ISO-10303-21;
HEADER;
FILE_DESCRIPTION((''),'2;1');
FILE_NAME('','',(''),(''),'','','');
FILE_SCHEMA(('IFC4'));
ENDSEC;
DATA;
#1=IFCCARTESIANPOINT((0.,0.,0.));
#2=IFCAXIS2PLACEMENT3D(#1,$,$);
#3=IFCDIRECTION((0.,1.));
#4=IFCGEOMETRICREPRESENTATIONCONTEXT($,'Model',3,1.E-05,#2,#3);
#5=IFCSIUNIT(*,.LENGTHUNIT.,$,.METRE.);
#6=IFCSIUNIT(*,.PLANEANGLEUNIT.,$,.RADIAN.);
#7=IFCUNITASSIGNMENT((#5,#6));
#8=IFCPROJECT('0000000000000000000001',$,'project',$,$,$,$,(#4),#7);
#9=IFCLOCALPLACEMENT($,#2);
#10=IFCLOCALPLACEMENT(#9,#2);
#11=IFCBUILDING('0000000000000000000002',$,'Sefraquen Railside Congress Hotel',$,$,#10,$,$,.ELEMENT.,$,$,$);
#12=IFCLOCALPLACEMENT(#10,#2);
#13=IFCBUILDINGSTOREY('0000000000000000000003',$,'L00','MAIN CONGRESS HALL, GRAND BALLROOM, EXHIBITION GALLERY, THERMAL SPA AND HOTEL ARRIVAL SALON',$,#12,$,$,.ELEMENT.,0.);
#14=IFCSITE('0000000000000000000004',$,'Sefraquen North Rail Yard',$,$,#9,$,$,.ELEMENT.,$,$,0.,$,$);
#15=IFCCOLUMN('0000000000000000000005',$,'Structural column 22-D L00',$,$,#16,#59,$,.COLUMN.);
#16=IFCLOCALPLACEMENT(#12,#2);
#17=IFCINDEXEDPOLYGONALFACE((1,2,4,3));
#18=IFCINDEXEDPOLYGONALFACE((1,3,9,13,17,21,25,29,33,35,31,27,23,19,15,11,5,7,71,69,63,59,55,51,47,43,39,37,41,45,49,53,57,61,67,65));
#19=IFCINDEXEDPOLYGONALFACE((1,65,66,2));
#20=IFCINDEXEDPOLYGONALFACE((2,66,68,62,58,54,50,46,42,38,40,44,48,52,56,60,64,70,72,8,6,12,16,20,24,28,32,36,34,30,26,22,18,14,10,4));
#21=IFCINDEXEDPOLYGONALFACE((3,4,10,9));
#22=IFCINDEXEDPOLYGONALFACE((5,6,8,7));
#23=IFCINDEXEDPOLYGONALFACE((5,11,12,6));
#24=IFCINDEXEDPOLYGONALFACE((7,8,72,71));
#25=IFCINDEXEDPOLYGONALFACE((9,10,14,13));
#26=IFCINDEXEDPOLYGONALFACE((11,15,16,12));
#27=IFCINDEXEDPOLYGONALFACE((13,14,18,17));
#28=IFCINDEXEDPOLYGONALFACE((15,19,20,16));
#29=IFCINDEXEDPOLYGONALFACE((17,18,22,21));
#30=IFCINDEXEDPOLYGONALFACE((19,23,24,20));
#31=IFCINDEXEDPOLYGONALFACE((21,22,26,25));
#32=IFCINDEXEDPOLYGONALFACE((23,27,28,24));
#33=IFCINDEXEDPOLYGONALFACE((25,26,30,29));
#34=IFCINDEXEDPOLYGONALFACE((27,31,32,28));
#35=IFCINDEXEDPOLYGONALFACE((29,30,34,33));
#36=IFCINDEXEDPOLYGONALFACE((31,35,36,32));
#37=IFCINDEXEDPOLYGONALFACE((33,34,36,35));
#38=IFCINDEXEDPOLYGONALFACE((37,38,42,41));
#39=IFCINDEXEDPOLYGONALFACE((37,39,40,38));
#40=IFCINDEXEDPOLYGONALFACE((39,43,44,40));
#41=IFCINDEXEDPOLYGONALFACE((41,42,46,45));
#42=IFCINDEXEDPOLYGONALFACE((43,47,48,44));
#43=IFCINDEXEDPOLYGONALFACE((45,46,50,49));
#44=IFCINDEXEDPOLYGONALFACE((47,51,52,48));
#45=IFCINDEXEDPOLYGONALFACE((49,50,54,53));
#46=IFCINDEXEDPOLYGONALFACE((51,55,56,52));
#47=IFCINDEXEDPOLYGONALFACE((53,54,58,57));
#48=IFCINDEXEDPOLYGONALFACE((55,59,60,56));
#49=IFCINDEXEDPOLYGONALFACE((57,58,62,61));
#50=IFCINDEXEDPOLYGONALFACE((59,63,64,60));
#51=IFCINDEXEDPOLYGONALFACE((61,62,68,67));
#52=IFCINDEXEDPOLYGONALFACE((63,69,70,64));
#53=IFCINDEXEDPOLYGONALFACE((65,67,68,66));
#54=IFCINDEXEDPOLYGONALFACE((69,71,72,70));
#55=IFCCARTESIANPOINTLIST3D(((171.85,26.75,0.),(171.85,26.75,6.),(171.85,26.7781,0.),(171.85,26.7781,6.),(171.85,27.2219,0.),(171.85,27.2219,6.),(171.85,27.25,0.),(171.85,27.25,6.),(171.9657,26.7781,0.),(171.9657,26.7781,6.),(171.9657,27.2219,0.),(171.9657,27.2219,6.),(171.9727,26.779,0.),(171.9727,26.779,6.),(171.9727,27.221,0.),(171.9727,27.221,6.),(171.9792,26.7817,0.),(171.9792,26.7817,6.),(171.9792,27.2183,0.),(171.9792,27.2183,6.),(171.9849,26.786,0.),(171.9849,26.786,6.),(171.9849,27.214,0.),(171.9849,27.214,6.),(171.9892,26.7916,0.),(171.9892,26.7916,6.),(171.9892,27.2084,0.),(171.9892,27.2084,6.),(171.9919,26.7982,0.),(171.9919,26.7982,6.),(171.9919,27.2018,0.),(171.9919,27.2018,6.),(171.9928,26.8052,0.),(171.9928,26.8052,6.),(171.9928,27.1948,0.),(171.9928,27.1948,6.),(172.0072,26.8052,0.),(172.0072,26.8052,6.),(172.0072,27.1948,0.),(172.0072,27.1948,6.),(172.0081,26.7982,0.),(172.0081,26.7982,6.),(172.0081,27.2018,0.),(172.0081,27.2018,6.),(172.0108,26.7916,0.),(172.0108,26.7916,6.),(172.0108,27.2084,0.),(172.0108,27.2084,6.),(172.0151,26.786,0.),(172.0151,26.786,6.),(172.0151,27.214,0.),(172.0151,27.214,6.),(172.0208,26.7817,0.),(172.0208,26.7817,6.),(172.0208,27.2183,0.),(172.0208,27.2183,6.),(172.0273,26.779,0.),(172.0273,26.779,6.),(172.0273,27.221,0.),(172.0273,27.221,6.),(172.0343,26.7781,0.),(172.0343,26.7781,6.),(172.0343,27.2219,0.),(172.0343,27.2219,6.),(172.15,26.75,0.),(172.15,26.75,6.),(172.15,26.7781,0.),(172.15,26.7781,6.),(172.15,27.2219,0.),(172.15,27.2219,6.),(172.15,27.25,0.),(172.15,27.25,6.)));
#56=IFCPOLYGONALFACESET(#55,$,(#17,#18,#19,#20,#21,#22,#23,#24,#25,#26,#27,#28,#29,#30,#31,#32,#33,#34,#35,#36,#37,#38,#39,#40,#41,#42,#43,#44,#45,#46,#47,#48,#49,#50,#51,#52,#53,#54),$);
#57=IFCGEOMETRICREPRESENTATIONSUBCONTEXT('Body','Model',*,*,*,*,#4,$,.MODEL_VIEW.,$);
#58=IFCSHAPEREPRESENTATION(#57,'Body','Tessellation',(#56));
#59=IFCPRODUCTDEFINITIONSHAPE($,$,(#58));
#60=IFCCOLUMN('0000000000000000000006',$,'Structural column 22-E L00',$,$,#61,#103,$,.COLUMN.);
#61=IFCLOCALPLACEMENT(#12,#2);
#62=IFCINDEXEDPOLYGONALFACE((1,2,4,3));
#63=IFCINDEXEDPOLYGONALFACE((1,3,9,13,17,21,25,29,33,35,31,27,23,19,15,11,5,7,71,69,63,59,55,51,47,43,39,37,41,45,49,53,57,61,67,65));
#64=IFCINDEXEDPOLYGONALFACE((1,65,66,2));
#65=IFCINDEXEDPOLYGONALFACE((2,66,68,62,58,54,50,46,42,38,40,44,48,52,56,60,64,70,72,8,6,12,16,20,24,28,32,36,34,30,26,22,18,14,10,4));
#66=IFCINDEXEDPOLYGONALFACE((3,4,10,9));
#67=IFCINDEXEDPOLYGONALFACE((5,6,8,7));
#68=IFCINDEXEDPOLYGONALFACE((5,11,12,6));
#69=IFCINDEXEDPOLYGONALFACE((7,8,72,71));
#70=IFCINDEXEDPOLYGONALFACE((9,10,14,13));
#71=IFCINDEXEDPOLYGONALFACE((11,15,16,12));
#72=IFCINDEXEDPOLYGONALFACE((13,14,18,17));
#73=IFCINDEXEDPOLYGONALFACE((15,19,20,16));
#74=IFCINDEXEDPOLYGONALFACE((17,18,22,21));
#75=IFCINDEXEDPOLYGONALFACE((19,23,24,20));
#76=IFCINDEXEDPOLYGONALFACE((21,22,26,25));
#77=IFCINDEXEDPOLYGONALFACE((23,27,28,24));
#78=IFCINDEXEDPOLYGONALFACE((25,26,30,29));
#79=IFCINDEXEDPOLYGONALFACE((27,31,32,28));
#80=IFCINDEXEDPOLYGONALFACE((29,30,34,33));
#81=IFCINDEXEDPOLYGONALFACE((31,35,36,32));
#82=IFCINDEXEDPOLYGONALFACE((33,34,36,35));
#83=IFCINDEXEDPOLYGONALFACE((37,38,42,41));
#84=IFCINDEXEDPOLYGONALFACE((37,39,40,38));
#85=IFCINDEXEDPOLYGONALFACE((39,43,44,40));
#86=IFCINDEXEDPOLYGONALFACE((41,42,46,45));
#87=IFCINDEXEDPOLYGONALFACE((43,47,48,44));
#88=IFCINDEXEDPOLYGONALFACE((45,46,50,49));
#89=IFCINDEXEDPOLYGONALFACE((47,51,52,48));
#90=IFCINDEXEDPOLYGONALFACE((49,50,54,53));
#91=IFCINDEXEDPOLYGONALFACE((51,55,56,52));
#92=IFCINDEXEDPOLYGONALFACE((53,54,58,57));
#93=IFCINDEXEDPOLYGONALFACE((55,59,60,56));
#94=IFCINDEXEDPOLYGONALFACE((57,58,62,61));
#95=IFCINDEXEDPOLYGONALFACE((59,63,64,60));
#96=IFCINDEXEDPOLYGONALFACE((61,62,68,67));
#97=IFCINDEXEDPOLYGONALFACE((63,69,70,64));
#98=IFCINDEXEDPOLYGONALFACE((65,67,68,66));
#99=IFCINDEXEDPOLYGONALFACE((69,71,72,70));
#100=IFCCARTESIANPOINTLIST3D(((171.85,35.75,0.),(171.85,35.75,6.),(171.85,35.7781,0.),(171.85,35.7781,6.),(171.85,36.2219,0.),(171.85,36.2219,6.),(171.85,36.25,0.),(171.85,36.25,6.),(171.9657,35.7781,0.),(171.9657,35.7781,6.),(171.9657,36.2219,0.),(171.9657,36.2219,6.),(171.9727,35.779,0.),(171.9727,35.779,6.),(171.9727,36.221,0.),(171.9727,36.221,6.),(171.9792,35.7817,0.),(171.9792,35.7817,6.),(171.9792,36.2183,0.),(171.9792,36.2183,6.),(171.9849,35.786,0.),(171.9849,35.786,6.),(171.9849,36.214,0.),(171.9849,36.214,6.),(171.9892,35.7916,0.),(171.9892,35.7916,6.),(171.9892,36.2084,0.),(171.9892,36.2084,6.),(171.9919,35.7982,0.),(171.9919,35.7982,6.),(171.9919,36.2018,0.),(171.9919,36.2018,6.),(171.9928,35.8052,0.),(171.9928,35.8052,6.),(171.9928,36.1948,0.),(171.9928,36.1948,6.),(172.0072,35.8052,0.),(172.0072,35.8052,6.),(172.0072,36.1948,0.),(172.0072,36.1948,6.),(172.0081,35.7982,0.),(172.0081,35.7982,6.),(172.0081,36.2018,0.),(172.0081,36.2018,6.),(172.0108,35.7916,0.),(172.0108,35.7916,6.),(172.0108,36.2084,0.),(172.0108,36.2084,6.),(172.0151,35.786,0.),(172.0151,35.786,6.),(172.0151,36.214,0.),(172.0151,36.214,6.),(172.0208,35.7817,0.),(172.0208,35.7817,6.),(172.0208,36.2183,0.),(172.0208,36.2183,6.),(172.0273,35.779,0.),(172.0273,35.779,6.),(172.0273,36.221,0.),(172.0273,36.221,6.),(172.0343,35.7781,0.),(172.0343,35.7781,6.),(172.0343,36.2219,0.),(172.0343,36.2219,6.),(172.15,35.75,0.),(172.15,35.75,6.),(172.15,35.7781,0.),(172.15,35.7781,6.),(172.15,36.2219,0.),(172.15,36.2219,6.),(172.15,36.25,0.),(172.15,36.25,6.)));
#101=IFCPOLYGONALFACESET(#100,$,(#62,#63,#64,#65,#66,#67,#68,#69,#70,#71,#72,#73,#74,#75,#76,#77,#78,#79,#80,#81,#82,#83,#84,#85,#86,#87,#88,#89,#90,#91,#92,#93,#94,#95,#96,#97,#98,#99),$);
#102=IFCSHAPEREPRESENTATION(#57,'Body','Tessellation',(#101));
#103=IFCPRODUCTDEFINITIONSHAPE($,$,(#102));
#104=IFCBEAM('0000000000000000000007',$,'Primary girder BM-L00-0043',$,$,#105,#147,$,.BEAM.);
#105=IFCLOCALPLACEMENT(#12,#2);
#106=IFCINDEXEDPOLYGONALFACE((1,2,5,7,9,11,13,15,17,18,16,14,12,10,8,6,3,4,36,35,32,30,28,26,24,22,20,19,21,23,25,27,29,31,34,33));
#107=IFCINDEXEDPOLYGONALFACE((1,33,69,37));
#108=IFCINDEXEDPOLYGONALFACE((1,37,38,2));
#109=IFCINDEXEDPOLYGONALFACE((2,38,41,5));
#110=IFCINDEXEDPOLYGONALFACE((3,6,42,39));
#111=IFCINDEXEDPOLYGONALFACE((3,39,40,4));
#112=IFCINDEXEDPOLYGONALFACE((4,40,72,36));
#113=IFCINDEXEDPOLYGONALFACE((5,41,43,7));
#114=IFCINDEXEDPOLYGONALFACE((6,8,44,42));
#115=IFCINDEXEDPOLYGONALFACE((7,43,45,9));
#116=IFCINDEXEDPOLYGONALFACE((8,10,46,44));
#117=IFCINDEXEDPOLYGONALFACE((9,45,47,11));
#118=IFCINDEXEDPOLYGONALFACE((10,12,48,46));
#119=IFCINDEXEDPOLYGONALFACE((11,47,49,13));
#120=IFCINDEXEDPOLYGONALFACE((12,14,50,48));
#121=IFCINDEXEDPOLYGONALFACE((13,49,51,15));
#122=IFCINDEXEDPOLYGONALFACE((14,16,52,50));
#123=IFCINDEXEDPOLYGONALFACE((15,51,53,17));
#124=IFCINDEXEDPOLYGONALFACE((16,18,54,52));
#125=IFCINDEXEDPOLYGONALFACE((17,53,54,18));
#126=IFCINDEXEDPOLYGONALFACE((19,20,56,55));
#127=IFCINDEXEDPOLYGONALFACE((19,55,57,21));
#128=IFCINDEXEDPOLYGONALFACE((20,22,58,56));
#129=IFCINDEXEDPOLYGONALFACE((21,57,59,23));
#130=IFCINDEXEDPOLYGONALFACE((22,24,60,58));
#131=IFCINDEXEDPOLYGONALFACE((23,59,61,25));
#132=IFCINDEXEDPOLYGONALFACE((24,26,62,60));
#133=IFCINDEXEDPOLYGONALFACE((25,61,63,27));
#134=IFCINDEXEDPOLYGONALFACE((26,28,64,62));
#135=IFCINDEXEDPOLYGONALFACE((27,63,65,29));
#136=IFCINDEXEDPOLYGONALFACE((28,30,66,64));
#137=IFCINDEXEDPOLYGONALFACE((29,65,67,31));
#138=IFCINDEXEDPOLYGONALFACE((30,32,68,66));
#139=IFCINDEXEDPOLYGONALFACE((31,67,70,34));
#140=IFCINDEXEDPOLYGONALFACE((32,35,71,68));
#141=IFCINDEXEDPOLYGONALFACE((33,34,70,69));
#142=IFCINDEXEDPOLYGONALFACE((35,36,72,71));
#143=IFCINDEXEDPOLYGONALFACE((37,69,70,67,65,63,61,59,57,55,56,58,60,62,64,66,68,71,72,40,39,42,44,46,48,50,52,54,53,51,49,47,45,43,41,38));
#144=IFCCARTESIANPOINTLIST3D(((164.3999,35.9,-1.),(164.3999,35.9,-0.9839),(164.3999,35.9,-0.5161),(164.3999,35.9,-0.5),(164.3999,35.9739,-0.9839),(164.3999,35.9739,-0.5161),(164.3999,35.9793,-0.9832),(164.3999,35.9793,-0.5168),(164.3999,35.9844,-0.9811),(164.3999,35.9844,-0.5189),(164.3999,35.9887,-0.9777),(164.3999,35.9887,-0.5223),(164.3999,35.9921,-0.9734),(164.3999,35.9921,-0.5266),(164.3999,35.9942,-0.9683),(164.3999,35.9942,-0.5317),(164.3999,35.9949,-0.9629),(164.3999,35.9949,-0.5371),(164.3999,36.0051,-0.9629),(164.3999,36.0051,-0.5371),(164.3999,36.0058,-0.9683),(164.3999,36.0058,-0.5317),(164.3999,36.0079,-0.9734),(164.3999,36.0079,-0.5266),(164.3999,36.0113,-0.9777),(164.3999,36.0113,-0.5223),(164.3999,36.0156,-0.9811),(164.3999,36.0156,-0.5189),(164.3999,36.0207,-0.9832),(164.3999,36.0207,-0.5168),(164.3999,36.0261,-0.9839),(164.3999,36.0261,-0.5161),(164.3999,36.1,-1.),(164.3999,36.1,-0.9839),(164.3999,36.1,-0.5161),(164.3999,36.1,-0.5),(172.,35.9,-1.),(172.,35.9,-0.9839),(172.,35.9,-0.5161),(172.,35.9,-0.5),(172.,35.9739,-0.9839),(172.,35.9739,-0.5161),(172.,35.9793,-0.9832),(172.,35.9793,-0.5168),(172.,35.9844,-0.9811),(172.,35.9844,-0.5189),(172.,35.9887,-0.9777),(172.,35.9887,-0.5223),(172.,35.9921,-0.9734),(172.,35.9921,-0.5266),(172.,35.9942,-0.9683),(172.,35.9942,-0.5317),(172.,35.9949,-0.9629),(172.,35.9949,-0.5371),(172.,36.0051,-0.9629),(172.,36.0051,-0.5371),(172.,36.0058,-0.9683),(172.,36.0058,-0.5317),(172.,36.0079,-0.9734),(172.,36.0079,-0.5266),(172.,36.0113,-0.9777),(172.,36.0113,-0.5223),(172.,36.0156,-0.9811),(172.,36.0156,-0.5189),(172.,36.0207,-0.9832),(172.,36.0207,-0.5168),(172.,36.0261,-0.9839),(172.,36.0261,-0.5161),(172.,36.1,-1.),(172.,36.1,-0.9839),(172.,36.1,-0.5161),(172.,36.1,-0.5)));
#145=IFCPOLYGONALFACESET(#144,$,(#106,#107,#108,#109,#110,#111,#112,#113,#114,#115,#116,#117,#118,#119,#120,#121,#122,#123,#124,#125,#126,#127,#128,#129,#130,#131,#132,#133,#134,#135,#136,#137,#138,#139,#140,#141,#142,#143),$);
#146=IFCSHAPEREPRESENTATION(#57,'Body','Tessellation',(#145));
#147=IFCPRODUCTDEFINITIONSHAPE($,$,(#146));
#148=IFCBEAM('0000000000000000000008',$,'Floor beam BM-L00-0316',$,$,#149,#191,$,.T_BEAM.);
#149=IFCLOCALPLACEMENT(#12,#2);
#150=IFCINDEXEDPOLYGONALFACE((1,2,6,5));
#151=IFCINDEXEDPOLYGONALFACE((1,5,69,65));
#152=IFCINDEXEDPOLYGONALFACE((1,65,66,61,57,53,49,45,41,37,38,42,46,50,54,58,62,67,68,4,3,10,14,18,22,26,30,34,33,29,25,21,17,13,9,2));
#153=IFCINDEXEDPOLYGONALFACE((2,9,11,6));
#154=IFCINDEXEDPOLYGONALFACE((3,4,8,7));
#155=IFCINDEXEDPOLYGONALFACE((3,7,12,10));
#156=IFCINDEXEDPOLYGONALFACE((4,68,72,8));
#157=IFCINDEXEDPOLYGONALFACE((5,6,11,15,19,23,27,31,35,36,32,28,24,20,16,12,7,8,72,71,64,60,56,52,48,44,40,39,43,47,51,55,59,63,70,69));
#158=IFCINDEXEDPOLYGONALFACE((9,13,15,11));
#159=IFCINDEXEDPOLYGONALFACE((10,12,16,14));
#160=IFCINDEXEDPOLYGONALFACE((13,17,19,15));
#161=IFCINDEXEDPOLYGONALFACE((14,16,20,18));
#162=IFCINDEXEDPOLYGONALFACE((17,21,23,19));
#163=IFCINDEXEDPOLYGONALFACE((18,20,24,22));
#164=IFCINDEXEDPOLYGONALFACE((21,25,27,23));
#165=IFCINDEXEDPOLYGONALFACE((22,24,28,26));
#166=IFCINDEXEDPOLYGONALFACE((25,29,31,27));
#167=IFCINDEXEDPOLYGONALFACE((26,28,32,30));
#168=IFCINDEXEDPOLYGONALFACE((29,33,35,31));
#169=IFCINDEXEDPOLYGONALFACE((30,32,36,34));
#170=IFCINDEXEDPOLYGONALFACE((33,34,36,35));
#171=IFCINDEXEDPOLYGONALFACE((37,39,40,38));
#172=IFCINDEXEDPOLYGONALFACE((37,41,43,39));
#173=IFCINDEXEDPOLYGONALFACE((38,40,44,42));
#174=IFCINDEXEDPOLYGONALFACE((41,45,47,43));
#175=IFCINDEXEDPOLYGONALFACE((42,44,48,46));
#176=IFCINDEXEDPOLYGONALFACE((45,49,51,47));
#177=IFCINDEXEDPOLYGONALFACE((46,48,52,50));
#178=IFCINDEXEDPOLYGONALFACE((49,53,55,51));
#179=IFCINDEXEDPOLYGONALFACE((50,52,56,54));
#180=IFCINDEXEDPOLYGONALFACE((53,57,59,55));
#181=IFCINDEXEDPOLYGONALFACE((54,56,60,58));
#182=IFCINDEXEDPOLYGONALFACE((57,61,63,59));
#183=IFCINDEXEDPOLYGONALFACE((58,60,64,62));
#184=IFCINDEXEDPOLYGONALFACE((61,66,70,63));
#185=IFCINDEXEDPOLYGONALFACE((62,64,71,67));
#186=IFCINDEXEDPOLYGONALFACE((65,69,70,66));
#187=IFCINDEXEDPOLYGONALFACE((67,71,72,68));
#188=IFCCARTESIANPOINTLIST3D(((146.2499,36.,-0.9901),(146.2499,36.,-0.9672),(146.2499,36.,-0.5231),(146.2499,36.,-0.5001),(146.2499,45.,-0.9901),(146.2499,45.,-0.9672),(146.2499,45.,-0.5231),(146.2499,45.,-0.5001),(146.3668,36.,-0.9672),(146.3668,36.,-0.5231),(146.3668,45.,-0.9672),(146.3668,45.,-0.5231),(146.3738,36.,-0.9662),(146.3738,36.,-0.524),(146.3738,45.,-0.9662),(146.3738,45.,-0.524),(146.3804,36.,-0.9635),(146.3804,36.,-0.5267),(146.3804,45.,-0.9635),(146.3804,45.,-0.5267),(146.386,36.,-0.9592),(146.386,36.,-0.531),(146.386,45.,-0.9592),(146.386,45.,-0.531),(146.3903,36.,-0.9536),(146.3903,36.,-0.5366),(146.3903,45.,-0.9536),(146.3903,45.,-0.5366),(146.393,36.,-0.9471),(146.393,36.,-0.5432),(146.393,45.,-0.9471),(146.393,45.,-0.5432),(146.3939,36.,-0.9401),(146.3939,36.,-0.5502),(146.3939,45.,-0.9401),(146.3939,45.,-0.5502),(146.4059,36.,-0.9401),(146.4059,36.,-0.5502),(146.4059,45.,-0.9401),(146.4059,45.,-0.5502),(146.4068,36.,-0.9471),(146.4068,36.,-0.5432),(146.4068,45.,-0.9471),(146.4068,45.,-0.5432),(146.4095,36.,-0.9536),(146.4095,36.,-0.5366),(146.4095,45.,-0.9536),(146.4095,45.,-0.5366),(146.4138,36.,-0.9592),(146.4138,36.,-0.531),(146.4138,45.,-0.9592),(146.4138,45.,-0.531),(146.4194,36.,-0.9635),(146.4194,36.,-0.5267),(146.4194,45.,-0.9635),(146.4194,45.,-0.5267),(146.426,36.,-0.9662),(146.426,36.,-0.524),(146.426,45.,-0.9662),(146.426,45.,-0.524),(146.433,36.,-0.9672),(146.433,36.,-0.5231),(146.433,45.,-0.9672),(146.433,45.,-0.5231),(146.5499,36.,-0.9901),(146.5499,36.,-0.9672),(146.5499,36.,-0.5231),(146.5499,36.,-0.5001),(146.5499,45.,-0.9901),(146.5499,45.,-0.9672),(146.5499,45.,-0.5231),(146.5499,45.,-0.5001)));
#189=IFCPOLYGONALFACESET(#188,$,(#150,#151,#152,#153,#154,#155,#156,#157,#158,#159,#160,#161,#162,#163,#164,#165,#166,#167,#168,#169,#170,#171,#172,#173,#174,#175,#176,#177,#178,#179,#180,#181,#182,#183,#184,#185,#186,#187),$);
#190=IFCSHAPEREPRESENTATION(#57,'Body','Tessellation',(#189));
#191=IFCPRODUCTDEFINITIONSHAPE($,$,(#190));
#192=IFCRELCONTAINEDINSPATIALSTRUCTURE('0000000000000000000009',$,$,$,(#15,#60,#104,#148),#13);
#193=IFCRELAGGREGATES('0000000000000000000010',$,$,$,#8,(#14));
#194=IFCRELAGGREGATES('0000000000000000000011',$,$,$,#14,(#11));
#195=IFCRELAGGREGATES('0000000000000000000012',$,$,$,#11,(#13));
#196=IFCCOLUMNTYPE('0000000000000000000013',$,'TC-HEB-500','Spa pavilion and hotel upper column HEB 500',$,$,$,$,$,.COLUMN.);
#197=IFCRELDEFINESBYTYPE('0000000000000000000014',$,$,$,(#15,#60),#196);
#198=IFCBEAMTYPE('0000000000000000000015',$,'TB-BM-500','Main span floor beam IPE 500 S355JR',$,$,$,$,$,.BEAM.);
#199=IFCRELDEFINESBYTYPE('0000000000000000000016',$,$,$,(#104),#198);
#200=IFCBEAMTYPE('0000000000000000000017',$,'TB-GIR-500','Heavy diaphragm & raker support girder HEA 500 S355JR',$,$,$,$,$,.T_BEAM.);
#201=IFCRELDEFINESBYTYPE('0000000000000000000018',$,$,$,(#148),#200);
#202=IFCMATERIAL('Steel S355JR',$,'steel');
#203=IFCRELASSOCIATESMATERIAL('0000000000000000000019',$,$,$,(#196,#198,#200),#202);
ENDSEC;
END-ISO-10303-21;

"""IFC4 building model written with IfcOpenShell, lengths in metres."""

from ifc_helpers import new_model, si_unit, direction, frame, origin, origin_2d, place, context, subcontext, project, spatial, i_section, extrude, material, material_profile, profile_set, type_object, element, save


model = new_model("IFC4")

# Units and contexts
model_context = context("Model", 3, precision=1e-05, world=origin(), true_north=direction((0.0, 1.0)))
body_context = subcontext(model_context, "Body", "Model", "MODEL_VIEW")
ifc_project = project(units=[si_unit("LENGTHUNIT", "METRE"), si_unit("PLANEANGLEUNIT", "RADIAN")], contexts=[model_context])

# Site, building, storey
site_placement = place(None, origin())
site = spatial("IfcSite", under=ifc_project, at=site_placement, Name="Sefraquen North Rail Yard", CompositionType="ELEMENT", RefElevation=0.0)
building_placement = place(site_placement, origin())
building = spatial("IfcBuilding", under=site, at=building_placement, Name="Sefraquen Railside Congress Hotel", CompositionType="ELEMENT")
storey_placement = place(building_placement, origin())
storey = spatial("IfcBuildingStorey", under=building, at=storey_placement, Name="L00", Description="MAIN CONGRESS HALL, GRAND BALLROOM, EXHIBITION GALLERY, THERMAL SPA AND HOTEL ARRIVAL SALON", CompositionType="ELEMENT", Elevation=0.0)

# Columns
ifc_material_1 = material(Name="Steel S355JR", Category="steel")
ifc_material_profile_1 = material_profile(ifc_material_1, i_section(OverallWidth=0.3, OverallDepth=0.5, WebThickness=0.0144, FlangeThickness=0.0281, FilletRadius=0.0271, at=origin_2d()), Name="HEB 500")
ifc_profile_set_1 = profile_set([ifc_material_profile_1], Name="Steel S355JR")
column_type = type_object("IfcColumnType", Name="TC-HEB-500", Description="Spa pavilion and hotel upper column HEB 500", PredefinedType="COLUMN", material=ifc_profile_set_1)
for number, where, z_axis, x_axis, name in (
    (1, (172.0, 27.0, 0.0), (0.0, 0.0, 1.0), (1.0, 0.0, 0.0), "Structural column 22-D L00"),
    (2, (172.0, 36.0, 0.0), (0.0, 0.0, 1.0), (1.0, 0.0, 0.0), "Structural column 22-E L00"),
):
    element("IfcColumn", number, at=place(storey_placement, frame(where, z_axis=z_axis, x_axis=x_axis)), inside=storey, type_object=column_type, Name=name, PredefinedType="COLUMN", context=body_context, shape_type="SweptSolid", body=[
        extrude(i_section(OverallWidth=0.3, OverallDepth=0.5, WebThickness=0.0144, FlangeThickness=0.0281, FilletRadius=0.0271, at=origin_2d()), origin(), (0.0, 0.0, 1.0), 6.0),
    ])

# Beams
ifc_material_profile_2 = material_profile(ifc_material_1, i_section(OverallWidth=0.2, OverallDepth=0.5, WebThickness=0.0103, FlangeThickness=0.0161, FilletRadius=0.021, at=origin_2d()), Name="IPE 500")
ifc_profile_set_2 = profile_set([ifc_material_profile_2], Name="Steel S355JR")
beam_type_1 = type_object("IfcBeamType", Name="TB-BM-500", Description="Main span floor beam IPE 500 S355JR", PredefinedType="BEAM", material=ifc_profile_set_2)
beam_placement = place(storey_placement, frame((164.3999, 36.0, -0.75), z_axis=(1.0, 0.0, 0.0), x_axis=(0.0, 1.0, 0.0)))
element("IfcBeam", 3, at=beam_placement, inside=storey, type_object=beam_type_1, Name="Primary girder BM-L00-0043", PredefinedType="BEAM", context=body_context, shape_type="SweptSolid", body=[
    extrude(i_section(OverallWidth=0.2, OverallDepth=0.5, WebThickness=0.0103, FlangeThickness=0.0161, FilletRadius=0.021, at=origin_2d()), origin(), (0.0, 0.0, 1.0), 7.6001),
])
ifc_material_profile_3 = material_profile(ifc_material_1, i_section(OverallWidth=0.3, OverallDepth=0.49, WebThickness=0.012, FlangeThickness=0.0229, FilletRadius=0.0271, at=origin_2d()), Name="HEA 500")
ifc_profile_set_3 = profile_set([ifc_material_profile_3], Name="Steel S355JR")
beam_type_2 = type_object("IfcBeamType", Name="TB-GIR-500", Description="Heavy diaphragm & raker support girder HEA 500 S355JR", PredefinedType="T_BEAM", material=ifc_profile_set_3)
for number, where, z_axis, x_axis, name in (
    (4, (146.3999, 36.0, -0.7451), (0.0, 1.0, 0.0), (-1.0, 0.0, 0.0), "Floor beam BM-L00-0316"),
):
    element("IfcBeam", number, at=place(storey_placement, frame(where, z_axis=z_axis, x_axis=x_axis)), inside=storey, type_object=beam_type_2, Name=name, PredefinedType="T_BEAM", context=body_context, shape_type="SweptSolid", body=[
        extrude(i_section(OverallWidth=0.3, OverallDepth=0.49, WebThickness=0.012, FlangeThickness=0.0229, FilletRadius=0.0271, at=origin_2d()), origin(), (0.0, 0.0, 1.0), 9.0),
    ])

save(model, "model.ifc")
